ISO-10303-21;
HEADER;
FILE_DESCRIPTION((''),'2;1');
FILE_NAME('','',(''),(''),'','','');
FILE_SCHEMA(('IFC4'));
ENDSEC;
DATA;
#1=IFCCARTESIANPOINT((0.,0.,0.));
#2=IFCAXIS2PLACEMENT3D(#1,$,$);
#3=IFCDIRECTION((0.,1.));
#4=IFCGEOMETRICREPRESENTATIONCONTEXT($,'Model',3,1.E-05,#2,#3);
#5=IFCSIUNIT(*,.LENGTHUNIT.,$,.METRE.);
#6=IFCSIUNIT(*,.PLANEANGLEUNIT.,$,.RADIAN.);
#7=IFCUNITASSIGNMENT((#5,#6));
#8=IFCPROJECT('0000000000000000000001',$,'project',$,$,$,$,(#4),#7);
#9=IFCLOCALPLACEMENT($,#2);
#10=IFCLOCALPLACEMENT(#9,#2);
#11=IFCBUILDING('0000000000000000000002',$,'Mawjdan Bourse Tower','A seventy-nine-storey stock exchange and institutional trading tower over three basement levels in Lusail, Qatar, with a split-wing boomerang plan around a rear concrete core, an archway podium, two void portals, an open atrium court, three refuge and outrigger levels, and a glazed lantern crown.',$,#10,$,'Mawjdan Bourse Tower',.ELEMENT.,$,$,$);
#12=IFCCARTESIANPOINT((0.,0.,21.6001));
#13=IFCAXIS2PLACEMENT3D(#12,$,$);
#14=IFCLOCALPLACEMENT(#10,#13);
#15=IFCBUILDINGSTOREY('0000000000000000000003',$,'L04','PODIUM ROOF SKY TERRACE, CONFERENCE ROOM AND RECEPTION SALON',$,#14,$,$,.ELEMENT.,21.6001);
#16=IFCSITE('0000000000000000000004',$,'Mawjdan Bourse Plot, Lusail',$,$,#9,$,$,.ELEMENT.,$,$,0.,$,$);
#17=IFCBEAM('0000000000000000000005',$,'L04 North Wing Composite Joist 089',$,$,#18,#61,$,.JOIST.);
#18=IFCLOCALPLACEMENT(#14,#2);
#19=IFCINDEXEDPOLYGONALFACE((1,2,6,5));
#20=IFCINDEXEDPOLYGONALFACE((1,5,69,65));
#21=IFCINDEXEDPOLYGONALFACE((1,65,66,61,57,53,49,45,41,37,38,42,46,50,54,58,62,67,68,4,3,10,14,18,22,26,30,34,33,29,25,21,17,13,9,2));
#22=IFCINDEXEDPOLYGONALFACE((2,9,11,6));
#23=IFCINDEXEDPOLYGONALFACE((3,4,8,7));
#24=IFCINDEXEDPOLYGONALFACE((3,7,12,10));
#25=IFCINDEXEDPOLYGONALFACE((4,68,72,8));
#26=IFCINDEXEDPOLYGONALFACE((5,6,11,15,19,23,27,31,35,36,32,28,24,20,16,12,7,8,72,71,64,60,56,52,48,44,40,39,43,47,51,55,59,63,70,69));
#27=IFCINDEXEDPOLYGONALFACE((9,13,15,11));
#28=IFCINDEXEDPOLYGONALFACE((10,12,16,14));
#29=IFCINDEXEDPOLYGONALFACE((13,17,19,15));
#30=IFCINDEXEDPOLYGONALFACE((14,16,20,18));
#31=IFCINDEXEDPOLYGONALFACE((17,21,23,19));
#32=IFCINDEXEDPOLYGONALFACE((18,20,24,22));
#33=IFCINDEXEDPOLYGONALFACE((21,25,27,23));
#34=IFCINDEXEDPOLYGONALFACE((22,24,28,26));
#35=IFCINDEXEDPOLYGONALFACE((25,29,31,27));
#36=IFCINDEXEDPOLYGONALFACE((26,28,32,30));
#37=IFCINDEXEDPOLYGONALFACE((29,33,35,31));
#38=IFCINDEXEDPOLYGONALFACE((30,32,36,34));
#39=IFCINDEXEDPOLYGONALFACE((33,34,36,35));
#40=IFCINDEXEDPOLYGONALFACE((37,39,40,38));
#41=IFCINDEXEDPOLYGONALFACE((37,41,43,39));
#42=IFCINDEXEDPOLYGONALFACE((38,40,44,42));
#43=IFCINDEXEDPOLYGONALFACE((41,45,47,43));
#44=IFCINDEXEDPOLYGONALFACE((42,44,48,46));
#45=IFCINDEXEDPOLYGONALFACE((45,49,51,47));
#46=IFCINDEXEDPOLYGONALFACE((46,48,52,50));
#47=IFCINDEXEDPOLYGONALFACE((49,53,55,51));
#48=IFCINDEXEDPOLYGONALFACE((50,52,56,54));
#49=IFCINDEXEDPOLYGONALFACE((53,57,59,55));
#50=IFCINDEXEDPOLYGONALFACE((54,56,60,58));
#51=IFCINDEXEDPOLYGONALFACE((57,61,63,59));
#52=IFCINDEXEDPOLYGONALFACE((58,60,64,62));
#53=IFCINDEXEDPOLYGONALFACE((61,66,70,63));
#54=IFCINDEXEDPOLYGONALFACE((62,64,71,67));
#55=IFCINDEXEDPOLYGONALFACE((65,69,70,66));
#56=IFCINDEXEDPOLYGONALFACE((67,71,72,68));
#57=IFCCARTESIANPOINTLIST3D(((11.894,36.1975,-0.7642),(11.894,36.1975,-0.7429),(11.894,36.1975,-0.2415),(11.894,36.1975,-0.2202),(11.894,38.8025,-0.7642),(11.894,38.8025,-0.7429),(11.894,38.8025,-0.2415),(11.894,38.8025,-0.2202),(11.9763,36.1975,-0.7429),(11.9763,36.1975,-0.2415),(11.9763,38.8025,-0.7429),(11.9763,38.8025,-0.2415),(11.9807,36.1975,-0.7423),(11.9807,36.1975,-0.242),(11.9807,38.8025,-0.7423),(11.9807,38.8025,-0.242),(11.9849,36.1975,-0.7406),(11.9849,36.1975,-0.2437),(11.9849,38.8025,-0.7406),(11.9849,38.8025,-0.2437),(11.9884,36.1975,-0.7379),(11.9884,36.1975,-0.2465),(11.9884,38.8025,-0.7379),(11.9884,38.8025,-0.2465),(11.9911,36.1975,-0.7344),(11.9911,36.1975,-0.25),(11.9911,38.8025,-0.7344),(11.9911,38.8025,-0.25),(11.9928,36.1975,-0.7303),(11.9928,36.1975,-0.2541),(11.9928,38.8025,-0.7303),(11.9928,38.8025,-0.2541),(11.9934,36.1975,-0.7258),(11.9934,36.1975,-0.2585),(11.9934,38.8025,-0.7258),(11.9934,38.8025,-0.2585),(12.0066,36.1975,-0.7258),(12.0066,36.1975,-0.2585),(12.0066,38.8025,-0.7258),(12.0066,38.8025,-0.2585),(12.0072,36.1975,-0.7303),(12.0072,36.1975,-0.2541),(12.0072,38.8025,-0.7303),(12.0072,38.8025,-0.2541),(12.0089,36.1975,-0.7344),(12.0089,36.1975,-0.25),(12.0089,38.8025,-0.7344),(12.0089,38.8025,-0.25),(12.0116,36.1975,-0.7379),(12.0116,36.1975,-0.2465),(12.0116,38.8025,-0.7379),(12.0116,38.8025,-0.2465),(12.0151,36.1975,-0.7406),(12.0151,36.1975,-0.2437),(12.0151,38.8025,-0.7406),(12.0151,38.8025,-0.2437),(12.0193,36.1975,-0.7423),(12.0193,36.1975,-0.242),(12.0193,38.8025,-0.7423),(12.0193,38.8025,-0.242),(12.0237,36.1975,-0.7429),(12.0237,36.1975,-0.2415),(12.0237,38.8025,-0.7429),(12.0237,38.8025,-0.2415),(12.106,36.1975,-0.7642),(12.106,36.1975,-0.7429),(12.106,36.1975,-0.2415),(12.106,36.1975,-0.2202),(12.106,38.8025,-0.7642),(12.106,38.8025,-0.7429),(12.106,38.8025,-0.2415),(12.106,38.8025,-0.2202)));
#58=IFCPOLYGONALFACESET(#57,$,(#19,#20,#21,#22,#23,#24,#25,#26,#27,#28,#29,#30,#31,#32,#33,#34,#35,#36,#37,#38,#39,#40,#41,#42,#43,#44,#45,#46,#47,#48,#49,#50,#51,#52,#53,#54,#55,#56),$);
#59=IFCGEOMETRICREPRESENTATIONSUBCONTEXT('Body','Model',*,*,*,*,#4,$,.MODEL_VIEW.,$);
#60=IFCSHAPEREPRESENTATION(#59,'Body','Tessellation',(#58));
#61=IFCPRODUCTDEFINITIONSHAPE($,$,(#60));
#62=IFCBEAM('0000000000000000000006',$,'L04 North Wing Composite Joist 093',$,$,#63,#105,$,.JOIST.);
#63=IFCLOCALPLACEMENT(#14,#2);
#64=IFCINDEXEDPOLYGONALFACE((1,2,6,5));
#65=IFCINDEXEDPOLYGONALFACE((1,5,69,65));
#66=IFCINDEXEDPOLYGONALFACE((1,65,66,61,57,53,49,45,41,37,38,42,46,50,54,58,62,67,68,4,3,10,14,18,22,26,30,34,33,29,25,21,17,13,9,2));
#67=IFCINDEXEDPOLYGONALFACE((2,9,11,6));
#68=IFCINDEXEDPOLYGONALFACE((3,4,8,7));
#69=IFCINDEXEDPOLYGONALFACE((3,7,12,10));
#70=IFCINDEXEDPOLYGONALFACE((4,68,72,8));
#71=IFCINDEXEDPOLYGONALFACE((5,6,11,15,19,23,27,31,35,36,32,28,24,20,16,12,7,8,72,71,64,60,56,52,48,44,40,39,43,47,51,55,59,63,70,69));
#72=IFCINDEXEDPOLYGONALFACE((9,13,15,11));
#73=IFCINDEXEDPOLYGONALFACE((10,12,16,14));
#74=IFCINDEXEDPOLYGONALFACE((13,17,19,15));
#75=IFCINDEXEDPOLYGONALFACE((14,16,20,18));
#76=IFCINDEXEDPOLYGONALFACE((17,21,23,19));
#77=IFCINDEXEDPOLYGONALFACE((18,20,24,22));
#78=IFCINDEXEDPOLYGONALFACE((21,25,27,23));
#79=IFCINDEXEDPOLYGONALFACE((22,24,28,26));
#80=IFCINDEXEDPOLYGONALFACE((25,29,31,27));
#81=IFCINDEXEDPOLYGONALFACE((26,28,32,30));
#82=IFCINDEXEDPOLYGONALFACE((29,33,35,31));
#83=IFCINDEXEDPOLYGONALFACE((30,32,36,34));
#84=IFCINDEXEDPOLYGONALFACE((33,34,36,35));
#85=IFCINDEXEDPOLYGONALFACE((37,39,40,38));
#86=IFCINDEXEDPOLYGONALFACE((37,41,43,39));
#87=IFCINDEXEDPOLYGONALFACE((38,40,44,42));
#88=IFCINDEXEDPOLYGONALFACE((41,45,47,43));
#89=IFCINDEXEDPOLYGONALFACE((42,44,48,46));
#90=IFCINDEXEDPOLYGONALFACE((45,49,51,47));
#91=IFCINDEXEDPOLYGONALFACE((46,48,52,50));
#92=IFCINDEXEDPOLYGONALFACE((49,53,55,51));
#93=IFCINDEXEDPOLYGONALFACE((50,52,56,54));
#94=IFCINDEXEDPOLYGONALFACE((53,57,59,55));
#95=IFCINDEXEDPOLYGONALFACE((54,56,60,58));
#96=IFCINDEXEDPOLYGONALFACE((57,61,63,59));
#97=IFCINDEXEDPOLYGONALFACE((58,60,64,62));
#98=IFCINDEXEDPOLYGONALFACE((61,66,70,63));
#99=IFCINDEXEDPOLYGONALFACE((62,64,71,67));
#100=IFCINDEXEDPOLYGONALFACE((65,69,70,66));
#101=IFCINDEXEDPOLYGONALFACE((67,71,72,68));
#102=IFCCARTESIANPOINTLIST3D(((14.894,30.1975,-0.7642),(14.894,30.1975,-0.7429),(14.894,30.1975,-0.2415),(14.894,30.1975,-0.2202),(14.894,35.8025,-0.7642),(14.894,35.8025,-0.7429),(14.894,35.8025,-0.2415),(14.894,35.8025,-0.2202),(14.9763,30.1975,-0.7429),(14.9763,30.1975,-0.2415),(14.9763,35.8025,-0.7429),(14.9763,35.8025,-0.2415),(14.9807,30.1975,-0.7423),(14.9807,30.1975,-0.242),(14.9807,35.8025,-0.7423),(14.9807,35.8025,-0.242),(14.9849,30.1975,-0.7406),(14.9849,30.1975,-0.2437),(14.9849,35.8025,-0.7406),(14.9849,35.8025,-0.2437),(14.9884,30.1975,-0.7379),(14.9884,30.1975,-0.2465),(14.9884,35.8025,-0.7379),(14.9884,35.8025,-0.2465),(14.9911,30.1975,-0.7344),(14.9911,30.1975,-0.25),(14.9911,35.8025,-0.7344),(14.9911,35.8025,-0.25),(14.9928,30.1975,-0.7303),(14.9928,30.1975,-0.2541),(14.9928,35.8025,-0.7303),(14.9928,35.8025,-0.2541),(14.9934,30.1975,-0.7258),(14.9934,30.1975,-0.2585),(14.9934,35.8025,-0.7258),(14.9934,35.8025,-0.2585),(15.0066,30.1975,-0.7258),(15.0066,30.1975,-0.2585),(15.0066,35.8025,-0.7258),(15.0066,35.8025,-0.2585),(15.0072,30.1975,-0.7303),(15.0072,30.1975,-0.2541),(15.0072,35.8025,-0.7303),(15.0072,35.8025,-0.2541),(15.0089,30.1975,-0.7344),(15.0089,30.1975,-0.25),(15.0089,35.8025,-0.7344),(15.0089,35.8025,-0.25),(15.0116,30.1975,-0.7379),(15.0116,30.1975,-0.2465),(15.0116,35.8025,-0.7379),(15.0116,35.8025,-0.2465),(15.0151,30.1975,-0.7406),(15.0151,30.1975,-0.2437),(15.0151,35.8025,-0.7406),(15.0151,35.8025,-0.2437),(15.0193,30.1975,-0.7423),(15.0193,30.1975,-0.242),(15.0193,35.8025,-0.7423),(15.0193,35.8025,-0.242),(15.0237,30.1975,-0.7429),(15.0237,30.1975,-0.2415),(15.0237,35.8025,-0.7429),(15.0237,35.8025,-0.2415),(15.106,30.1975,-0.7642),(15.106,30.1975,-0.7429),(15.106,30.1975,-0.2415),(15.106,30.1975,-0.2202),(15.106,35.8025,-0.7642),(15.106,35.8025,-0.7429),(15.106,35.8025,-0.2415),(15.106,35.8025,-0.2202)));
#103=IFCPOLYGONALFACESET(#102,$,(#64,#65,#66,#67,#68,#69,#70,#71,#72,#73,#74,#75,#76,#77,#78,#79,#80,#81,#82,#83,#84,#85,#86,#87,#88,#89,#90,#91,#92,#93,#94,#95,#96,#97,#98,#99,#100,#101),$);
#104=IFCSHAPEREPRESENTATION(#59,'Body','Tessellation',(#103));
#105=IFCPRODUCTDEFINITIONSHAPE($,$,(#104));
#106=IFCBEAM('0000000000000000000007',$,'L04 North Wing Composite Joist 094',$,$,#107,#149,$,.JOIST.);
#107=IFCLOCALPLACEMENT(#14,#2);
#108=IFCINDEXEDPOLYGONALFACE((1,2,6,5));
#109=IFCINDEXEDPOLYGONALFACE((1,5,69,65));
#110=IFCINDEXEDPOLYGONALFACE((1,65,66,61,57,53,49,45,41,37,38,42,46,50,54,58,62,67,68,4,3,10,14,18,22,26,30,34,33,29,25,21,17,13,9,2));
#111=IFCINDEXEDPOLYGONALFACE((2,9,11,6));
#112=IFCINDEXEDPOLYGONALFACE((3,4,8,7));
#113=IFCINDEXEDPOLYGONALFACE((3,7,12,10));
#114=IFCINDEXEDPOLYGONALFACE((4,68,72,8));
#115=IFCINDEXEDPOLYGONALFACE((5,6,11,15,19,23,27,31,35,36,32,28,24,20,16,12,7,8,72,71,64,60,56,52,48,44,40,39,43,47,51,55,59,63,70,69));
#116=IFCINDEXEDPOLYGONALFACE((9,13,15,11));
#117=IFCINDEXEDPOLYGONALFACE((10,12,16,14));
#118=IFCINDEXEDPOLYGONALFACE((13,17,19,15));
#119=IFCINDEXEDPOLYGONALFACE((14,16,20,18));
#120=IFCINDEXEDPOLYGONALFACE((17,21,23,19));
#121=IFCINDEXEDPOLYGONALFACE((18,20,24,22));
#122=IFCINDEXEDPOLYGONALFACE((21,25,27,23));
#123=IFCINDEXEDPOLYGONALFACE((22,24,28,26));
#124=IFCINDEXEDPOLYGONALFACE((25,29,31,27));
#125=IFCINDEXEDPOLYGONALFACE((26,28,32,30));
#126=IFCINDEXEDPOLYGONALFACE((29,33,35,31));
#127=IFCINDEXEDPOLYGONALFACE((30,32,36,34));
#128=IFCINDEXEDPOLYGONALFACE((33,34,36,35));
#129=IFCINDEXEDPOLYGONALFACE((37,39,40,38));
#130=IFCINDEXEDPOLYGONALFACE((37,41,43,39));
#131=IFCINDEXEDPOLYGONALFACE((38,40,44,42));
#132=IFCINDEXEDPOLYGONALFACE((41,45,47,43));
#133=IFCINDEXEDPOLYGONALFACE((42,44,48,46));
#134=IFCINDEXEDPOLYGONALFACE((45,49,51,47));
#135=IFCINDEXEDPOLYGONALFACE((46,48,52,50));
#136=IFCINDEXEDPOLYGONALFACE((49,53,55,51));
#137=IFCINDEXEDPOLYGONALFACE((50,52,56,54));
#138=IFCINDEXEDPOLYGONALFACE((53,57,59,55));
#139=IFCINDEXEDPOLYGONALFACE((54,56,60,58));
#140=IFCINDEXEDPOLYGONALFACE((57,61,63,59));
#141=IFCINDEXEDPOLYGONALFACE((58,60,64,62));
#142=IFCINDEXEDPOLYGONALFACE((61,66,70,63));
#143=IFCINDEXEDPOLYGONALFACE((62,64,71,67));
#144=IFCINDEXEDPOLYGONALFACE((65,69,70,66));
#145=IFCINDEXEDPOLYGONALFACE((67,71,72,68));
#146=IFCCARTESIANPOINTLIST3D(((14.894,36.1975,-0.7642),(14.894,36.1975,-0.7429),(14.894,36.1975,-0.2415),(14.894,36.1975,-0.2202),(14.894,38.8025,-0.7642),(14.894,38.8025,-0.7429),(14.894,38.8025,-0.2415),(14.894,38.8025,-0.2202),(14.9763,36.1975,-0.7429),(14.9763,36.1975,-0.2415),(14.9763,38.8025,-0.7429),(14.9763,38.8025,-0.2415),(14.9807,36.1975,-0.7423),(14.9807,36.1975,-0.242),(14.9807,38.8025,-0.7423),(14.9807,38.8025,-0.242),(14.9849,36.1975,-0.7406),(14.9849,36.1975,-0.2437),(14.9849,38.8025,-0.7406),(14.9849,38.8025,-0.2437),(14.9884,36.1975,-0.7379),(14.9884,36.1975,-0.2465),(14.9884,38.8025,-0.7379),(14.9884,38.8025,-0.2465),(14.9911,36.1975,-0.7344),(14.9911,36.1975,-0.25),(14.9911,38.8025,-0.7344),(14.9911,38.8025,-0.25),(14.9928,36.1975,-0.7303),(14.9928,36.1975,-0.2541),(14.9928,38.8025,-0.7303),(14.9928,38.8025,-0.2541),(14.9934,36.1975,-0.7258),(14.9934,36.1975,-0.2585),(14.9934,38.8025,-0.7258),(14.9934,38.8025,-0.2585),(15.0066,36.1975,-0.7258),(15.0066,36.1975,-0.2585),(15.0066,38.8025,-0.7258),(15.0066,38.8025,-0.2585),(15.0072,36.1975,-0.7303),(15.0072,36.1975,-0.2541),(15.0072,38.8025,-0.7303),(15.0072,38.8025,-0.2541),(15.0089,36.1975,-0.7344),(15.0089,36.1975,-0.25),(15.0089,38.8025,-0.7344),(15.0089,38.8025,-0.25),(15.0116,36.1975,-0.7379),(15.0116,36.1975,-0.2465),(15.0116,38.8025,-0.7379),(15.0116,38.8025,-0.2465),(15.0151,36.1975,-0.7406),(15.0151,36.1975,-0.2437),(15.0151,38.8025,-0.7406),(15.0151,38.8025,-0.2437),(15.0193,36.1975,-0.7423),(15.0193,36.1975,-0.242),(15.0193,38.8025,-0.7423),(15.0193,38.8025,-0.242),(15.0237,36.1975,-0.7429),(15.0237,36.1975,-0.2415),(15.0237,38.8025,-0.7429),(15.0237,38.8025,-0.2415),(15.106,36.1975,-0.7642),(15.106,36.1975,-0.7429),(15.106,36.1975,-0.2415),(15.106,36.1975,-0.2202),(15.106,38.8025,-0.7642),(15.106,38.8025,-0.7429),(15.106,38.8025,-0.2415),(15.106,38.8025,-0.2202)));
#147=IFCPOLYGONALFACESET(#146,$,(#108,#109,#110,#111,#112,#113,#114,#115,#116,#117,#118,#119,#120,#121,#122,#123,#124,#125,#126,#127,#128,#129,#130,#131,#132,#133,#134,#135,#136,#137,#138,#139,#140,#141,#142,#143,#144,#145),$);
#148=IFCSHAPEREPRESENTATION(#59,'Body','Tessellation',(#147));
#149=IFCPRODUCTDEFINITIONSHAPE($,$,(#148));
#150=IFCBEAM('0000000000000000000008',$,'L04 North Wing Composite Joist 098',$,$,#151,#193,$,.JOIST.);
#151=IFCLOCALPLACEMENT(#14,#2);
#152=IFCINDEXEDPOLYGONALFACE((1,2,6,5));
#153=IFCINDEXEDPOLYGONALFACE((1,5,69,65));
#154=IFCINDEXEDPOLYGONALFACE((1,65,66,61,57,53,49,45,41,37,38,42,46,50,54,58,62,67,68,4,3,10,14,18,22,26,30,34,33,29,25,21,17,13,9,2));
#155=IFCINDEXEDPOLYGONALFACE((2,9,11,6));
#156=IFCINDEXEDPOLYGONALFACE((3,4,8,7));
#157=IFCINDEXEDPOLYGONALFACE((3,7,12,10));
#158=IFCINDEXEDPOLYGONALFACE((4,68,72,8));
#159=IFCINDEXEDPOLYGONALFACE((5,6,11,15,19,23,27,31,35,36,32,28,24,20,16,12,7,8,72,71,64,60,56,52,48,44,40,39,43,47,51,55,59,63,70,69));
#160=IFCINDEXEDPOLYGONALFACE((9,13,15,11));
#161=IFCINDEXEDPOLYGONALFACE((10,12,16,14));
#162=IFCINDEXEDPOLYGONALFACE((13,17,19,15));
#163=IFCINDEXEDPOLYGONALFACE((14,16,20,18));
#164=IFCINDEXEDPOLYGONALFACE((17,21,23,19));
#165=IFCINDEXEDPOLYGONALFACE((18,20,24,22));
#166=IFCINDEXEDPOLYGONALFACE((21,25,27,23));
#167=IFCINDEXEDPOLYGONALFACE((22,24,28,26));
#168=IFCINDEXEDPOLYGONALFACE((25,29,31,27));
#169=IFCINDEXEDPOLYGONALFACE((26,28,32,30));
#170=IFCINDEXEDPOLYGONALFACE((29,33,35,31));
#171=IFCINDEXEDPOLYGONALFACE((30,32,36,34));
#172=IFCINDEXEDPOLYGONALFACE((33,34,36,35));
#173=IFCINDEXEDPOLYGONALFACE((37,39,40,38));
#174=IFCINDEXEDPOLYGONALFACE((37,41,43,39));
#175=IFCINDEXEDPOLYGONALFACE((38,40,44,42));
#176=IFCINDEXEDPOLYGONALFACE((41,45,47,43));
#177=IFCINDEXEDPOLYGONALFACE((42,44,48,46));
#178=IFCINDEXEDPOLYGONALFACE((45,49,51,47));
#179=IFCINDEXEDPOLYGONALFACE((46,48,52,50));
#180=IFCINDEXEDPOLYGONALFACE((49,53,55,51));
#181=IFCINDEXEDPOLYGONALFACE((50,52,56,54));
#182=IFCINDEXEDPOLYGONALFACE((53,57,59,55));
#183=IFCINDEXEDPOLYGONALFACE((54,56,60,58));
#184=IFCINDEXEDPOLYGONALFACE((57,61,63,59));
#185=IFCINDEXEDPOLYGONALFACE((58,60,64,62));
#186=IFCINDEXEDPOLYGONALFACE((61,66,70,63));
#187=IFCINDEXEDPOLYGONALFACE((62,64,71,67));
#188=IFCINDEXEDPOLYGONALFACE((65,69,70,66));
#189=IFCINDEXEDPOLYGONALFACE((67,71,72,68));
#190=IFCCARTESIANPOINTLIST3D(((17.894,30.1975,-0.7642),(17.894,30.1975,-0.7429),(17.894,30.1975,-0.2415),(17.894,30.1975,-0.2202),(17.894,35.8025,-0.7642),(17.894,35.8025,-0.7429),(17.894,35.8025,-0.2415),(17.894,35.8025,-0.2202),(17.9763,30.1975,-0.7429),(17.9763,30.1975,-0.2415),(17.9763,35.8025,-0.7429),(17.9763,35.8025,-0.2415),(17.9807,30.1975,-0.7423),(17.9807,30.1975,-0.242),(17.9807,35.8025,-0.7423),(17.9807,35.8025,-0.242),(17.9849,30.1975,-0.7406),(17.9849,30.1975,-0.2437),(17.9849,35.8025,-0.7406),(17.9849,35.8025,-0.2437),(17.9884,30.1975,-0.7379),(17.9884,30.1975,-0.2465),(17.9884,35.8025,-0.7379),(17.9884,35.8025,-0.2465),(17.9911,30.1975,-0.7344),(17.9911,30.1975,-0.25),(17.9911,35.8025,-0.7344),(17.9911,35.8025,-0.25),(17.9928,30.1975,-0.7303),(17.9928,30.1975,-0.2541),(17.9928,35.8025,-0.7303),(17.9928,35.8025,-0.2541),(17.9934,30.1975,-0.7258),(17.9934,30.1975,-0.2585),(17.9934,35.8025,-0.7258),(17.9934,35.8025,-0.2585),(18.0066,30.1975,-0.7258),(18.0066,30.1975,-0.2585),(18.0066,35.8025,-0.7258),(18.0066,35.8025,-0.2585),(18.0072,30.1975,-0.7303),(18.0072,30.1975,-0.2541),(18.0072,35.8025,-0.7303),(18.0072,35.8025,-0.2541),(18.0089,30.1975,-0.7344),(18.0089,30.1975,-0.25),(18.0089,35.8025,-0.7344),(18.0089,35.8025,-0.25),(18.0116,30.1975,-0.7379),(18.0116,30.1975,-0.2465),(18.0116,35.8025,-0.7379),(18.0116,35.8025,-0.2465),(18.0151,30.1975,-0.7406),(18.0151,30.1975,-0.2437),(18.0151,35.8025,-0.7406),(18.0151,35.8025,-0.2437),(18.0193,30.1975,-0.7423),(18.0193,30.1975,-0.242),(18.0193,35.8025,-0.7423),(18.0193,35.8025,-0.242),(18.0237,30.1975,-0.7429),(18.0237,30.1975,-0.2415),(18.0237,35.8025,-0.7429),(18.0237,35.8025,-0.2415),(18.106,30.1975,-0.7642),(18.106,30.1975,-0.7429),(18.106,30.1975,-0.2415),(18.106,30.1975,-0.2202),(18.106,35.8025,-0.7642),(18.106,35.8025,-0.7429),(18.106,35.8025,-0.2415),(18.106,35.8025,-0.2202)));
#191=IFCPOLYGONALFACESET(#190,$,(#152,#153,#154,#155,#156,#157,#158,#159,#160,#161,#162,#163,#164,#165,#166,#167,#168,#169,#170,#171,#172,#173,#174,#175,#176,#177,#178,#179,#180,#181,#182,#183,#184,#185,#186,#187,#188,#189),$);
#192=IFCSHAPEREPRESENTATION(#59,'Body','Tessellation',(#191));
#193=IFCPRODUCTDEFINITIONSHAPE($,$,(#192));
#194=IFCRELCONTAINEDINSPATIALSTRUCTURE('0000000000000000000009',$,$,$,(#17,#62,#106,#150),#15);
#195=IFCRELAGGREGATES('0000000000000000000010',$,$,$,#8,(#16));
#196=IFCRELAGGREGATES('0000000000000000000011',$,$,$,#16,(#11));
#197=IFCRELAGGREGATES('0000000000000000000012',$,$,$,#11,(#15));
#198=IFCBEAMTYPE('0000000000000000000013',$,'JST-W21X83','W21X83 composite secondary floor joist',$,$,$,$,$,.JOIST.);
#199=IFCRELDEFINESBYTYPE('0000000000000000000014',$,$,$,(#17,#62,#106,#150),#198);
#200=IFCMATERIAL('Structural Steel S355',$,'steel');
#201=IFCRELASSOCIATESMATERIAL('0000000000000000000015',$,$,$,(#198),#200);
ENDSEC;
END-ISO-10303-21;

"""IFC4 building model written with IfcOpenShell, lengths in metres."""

from ifc_helpers import new_model, si_unit, direction, frame, origin, origin_2d, place, context, subcontext, project, spatial, i_section, extrude, material, material_profile, profile_set, type_object, element, save


model = new_model("IFC4")

# Units and contexts
model_context = context("Model", 3, precision=1e-05, world=origin(), true_north=direction((0.0, 1.0)))
body_context = subcontext(model_context, "Body", "Model", "MODEL_VIEW")
ifc_project = project(units=[si_unit("LENGTHUNIT", "METRE"), si_unit("PLANEANGLEUNIT", "RADIAN")], contexts=[model_context])

# Site, building, storey
site_placement = place(None, origin())
site = spatial("IfcSite", under=ifc_project, at=site_placement, Name="Mawjdan Bourse Plot, Lusail", CompositionType="ELEMENT", RefElevation=0.0)
building_placement = place(site_placement, origin())
building = spatial("IfcBuilding", under=site, at=building_placement, Name="Mawjdan Bourse Tower", Description="A seventy-nine-storey stock exchange and institutional trading tower over three basement levels in Lusail, Qatar, with a split-wing boomerang plan around a rear concrete core, an archway podium, two void portals, an open atrium court, three refuge and outrigger levels, and a glazed lantern crown.", LongName="Mawjdan Bourse Tower", CompositionType="ELEMENT")
storey_placement = place(building_placement, frame((0.0, 0.0, 21.6001)))
storey = spatial("IfcBuildingStorey", under=building, at=storey_placement, Name="L04", Description="PODIUM ROOF SKY TERRACE, CONFERENCE ROOM AND RECEPTION SALON", CompositionType="ELEMENT", Elevation=21.6001)

# Beams
ifc_material_1 = material(Name="Structural Steel S355", Category="steel")
ifc_material_profile_1 = material_profile(ifc_material_1, i_section(OverallWidth=0.2119, OverallDepth=0.5439, WebThickness=0.0132, FlangeThickness=0.0212, FilletRadius=0.0171, at=origin_2d()), Name="W21X83")
ifc_profile_set_1 = profile_set([ifc_material_profile_1], Name="Structural Steel S355")
beam_type_1 = type_object("IfcBeamType", Name="JST-W21X83", Description="W21X83 composite secondary floor joist", PredefinedType="JOIST", material=ifc_profile_set_1)
beam_1_placement = place(storey_placement, frame((12.0, 36.1975, -0.4922), z_axis=(0.0, 1.0, 0.0), x_axis=(-1.0, 0.0, 0.0)))
element("IfcBeam", 1, at=beam_1_placement, inside=storey, type_object=beam_type_1, Name="L04 North Wing Composite Joist 089", PredefinedType="JOIST", context=body_context, shape_type="SweptSolid", body=[
    extrude(i_section(OverallWidth=0.2119, OverallDepth=0.5439, WebThickness=0.0132, FlangeThickness=0.0212, FilletRadius=0.0171, at=origin_2d()), origin(), (0.0, 0.0, 1.0), 2.605),
])
beam_2_placement = place(storey_placement, frame((15.0, 30.1975, -0.4922), z_axis=(0.0, 1.0, 0.0), x_axis=(-1.0, 0.0, 0.0)))
element("IfcBeam", 2, at=beam_2_placement, inside=storey, type_object=beam_type_1, Name="L04 North Wing Composite Joist 093", PredefinedType="JOIST", context=body_context, shape_type="SweptSolid", body=[
    extrude(i_section(OverallWidth=0.2119, OverallDepth=0.5439, WebThickness=0.0132, FlangeThickness=0.0212, FilletRadius=0.0171, at=origin_2d()), origin(), (0.0, 0.0, 1.0), 5.605),
])
beam_3_placement = place(storey_placement, frame((15.0, 36.1975, -0.4922), z_axis=(0.0, 1.0, 0.0), x_axis=(-1.0, 0.0, 0.0)))
element("IfcBeam", 3, at=beam_3_placement, inside=storey, type_object=beam_type_1, Name="L04 North Wing Composite Joist 094", PredefinedType="JOIST", context=body_context, shape_type="SweptSolid", body=[
    extrude(i_section(OverallWidth=0.2119, OverallDepth=0.5439, WebThickness=0.0132, FlangeThickness=0.0212, FilletRadius=0.0171, at=origin_2d()), origin(), (0.0, 0.0, 1.0), 2.605),
])
beam_4_placement = place(storey_placement, frame((18.0, 30.1975, -0.4922), z_axis=(0.0, 1.0, 0.0), x_axis=(-1.0, 0.0, 0.0)))
element("IfcBeam", 4, at=beam_4_placement, inside=storey, type_object=beam_type_1, Name="L04 North Wing Composite Joist 098", PredefinedType="JOIST", context=body_context, shape_type="SweptSolid", body=[
    extrude(i_section(OverallWidth=0.2119, OverallDepth=0.5439, WebThickness=0.0132, FlangeThickness=0.0212, FilletRadius=0.0171, at=origin_2d()), origin(), (0.0, 0.0, 1.0), 5.605),
])

save(model, "model.ifc")
